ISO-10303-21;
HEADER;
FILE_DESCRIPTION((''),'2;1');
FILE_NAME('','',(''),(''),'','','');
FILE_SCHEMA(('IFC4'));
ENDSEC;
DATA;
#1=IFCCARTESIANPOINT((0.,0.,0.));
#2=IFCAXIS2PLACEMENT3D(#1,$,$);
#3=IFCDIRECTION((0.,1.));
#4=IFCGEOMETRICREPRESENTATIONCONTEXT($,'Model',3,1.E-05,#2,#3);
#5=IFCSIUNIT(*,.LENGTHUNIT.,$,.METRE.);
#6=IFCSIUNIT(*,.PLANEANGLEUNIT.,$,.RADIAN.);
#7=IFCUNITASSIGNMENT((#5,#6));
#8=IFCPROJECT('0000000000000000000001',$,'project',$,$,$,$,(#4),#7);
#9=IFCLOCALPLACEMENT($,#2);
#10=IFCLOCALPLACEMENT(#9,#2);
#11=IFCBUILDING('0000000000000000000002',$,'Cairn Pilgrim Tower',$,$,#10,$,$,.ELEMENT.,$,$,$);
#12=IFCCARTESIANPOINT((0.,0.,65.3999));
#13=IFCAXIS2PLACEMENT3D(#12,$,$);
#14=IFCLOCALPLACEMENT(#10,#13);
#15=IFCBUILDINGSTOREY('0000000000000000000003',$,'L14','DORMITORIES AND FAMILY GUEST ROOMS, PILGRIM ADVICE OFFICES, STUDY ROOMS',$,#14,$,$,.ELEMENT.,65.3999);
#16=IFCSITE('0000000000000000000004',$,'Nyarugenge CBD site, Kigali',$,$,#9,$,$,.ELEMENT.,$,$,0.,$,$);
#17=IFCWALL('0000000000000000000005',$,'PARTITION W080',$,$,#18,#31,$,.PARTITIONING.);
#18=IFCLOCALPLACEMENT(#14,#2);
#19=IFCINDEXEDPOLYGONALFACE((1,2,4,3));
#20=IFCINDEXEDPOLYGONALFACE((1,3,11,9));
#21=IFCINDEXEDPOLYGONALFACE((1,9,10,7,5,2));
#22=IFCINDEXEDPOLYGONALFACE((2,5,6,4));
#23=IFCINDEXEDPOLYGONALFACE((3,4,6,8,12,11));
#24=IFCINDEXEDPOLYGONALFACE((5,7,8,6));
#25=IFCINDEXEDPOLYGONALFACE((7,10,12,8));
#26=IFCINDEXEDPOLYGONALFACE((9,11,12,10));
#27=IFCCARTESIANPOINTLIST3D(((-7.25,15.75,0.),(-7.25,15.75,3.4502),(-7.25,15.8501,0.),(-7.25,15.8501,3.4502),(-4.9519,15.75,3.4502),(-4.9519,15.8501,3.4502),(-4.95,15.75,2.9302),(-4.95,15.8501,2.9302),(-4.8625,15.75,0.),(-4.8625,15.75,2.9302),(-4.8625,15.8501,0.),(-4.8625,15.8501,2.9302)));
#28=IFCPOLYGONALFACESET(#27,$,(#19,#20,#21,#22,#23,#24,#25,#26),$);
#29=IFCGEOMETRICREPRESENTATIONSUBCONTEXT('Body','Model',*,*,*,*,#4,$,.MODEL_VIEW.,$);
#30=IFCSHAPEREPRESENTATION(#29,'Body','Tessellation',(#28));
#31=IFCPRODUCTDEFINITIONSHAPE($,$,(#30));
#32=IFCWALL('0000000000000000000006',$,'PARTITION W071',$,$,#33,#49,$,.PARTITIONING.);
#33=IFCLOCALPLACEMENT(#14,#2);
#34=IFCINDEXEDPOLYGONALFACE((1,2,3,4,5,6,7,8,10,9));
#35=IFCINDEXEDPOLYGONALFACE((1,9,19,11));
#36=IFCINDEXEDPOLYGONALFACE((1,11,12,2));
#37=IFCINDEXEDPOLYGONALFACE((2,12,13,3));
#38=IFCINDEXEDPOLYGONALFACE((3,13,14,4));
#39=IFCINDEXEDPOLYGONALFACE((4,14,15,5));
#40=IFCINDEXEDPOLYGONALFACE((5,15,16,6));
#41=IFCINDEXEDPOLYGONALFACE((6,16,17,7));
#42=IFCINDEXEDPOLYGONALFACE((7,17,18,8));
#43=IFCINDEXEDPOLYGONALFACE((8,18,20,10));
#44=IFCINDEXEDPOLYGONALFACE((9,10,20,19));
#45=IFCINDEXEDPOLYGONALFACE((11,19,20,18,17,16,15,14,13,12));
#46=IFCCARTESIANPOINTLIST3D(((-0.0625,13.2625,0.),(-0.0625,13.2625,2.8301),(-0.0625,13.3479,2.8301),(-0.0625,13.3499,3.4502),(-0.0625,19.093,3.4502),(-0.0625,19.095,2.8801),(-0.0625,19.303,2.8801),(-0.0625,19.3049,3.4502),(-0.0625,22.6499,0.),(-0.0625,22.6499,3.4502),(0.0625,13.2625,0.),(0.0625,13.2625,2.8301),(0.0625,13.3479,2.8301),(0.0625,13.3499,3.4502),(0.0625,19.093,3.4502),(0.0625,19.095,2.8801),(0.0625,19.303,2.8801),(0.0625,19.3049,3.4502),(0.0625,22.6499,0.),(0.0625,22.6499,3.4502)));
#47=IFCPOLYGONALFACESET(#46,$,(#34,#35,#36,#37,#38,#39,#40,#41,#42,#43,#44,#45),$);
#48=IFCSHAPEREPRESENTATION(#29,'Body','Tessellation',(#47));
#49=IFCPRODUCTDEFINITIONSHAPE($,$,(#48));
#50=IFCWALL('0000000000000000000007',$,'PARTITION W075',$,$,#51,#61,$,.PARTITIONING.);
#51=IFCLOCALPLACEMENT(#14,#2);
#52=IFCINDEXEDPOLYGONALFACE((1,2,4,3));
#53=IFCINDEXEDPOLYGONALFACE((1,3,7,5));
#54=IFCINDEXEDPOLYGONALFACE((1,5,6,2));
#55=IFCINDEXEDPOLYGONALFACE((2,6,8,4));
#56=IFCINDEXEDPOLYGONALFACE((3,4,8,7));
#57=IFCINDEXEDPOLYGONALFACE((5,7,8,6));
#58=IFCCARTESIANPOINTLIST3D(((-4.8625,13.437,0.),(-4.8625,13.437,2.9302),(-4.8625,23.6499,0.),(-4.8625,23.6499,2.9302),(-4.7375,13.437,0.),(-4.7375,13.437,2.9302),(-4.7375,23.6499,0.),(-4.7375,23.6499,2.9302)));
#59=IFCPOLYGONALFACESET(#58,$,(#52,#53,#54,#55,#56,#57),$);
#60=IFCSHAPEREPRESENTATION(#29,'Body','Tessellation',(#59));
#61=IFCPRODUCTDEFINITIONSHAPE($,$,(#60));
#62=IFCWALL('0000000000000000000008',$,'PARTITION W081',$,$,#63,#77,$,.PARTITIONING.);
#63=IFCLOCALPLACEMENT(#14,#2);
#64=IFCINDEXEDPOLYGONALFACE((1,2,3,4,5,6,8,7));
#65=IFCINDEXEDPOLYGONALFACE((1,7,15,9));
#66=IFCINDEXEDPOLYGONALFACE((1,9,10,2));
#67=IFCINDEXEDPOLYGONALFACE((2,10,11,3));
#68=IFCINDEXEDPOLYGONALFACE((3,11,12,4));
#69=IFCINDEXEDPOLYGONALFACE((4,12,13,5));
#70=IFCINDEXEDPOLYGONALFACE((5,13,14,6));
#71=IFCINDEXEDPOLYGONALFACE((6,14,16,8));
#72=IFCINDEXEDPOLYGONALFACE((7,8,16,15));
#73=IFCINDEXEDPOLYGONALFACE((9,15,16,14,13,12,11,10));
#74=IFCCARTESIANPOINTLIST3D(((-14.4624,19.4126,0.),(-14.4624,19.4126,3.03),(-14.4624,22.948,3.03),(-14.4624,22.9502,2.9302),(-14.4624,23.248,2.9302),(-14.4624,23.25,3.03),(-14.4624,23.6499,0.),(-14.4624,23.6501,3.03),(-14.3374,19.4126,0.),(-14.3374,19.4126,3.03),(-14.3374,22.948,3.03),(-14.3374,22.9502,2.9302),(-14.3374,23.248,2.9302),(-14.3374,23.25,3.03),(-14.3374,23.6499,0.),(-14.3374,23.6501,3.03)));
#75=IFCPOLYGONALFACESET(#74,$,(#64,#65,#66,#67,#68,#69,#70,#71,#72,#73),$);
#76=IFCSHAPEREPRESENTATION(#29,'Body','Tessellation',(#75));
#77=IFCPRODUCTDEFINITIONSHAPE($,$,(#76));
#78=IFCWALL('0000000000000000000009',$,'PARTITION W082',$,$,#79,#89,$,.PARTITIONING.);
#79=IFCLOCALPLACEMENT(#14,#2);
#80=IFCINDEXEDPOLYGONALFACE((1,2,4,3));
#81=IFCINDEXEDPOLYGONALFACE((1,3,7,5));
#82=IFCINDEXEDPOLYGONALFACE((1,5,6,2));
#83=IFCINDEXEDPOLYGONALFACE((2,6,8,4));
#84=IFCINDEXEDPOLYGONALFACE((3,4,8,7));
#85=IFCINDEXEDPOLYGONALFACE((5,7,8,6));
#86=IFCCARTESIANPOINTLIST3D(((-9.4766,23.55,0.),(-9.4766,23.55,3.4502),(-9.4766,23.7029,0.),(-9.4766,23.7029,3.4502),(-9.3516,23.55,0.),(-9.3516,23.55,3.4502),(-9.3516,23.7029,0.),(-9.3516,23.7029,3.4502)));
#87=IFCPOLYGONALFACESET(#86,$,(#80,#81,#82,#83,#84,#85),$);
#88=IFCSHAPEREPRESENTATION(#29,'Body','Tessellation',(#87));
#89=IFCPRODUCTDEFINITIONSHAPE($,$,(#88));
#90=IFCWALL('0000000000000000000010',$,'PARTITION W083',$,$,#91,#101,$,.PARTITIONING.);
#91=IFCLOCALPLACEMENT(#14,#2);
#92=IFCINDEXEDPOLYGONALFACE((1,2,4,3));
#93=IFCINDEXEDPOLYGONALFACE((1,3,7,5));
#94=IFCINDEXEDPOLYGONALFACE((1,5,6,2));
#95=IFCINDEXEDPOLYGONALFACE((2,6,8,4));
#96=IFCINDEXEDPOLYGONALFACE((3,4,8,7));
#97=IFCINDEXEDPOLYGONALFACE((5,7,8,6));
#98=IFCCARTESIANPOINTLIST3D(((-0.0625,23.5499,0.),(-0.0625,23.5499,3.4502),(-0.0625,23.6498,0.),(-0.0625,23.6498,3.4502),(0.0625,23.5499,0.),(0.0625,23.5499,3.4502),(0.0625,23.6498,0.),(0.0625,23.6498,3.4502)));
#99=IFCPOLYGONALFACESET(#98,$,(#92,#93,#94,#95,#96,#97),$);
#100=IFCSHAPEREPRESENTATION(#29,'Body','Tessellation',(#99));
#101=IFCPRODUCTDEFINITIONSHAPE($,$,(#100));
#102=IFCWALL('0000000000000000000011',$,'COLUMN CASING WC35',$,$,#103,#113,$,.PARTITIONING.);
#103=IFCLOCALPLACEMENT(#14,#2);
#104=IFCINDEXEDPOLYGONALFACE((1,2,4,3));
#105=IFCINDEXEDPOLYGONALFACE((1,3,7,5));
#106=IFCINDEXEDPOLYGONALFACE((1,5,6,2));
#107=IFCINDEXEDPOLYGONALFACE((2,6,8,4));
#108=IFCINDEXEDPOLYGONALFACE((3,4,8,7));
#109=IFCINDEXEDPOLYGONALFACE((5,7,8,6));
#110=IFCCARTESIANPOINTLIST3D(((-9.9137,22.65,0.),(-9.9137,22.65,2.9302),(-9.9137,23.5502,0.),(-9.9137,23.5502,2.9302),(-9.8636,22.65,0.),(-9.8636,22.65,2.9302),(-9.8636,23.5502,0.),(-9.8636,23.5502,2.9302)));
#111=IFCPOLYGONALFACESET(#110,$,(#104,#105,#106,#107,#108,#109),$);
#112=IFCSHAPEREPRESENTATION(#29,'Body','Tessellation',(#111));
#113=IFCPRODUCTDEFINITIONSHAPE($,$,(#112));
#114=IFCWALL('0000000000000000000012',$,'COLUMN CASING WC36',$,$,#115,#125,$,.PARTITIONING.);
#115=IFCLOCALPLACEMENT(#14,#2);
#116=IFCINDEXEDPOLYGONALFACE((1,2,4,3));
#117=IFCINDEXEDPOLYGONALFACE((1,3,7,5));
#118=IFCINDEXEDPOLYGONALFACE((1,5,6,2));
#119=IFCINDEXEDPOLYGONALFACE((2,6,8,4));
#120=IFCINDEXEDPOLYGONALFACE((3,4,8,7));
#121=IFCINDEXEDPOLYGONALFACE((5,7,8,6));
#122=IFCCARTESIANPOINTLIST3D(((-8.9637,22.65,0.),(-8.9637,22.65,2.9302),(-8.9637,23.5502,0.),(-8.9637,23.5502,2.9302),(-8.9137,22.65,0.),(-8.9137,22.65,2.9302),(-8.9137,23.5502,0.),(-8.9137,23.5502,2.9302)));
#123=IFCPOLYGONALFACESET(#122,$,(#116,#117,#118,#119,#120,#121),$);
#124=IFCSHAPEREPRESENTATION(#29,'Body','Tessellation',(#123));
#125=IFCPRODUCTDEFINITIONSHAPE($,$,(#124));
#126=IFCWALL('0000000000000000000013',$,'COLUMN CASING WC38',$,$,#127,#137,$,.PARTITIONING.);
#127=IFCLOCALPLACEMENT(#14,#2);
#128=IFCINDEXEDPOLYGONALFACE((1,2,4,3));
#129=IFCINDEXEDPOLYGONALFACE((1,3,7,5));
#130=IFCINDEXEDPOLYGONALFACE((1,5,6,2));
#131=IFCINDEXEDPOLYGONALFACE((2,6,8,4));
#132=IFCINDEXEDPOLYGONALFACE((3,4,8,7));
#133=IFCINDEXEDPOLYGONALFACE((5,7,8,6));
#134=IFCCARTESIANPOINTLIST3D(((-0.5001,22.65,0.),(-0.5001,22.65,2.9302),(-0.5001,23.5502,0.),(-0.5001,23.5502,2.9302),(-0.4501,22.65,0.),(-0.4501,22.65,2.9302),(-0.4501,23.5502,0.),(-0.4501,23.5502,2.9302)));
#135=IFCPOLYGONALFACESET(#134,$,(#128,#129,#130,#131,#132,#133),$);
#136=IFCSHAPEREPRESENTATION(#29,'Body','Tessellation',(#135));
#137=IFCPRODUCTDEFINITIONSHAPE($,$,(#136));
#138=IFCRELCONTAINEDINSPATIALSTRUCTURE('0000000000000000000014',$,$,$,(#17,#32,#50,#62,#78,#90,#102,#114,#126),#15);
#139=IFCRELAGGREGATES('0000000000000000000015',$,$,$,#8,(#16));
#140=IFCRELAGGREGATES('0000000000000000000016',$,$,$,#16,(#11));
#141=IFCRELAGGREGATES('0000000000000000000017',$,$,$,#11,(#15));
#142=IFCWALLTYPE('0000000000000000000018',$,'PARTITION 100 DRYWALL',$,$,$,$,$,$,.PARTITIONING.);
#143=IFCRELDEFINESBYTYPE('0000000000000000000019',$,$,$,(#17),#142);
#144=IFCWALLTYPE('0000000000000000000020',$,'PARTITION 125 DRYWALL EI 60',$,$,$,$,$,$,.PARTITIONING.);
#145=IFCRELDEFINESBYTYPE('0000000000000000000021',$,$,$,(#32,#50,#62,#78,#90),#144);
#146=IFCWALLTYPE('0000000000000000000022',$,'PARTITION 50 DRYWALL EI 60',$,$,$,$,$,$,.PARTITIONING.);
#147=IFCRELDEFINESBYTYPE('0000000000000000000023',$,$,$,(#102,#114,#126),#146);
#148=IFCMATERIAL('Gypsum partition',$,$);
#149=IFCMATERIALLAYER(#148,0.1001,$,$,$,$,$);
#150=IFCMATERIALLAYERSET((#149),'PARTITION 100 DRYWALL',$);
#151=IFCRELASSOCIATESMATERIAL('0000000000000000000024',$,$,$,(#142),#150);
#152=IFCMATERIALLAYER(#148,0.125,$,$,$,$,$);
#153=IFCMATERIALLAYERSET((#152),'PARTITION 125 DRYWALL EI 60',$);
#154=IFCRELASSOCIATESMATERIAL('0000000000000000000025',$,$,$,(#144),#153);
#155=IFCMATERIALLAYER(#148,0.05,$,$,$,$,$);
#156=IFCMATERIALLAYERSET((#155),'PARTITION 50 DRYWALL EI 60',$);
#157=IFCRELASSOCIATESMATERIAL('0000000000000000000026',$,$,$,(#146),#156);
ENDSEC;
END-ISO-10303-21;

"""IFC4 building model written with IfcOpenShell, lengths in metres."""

from ifc_helpers import new_model, si_unit, direction, frame, frame_2d, origin, place, context, subcontext, project, spatial, polyline, rectangle, outline, extrude, material, layer, layer_set, type_object, element, save


model = new_model("IFC4")

# Units and contexts
model_context = context("Model", 3, precision=1e-05, world=origin(), true_north=direction((0.0, 1.0)))
body_context = subcontext(model_context, "Body", "Model", "MODEL_VIEW")
ifc_project = project(units=[si_unit("LENGTHUNIT", "METRE"), si_unit("PLANEANGLEUNIT", "RADIAN")], contexts=[model_context])

# Site, building, storey
site_placement = place(None, origin())
site = spatial("IfcSite", under=ifc_project, at=site_placement, Name="Nyarugenge CBD site, Kigali", CompositionType="ELEMENT", RefElevation=0.0)
building_placement = place(site_placement, origin())
building = spatial("IfcBuilding", under=site, at=building_placement, Name="Cairn Pilgrim Tower", CompositionType="ELEMENT")
storey_placement = place(building_placement, frame((0.0, 0.0, 65.3999)))
storey = spatial("IfcBuildingStorey", under=building, at=storey_placement, Name="L14", Description="DORMITORIES AND FAMILY GUEST ROOMS, PILGRIM ADVICE OFFICES, STUDY ROOMS", CompositionType="ELEMENT", Elevation=65.3999)

# Shared definitions
ifc_material_1 = material(Name="Gypsum partition")
ifc_layer_1 = layer(ifc_material_1, 0.1001)
ifc_layer_set_1 = layer_set([ifc_layer_1], Name="PARTITION 100 DRYWALL")
wall_type_1 = type_object("IfcWallType", Name="PARTITION 100 DRYWALL", PredefinedType="PARTITIONING", material=ifc_layer_set_1)

# Walls
wall_1_placement = place(storey_placement, frame((-7.25, 15.8, 0.0), z_axis=(0.0, 0.0, 1.0), x_axis=(1.0, 0.0, 0.0)))
element("IfcWall", 1, at=wall_1_placement, inside=storey, type_object=wall_type_1, Name="PARTITION W080", PredefinedType="PARTITIONING", context=body_context, shape_type="SweptSolid", body=[
    extrude(outline(polyline([(0.0, 0.0), (2.3875, 0.0), (2.3875, 2.9302), (2.3, 2.9302), (2.2981, 3.4502), (0.0, 3.4502), (0.0, 0.0)])), frame((0.0, 0.05, 0.0), z_axis=(0.0, -1.0, 0.0), x_axis=(1.0, 0.0, 0.0)), (0.0, 0.0, 1.0), 0.1001),
])
ifc_layer_2 = layer(ifc_material_1, 0.125)
ifc_layer_set_2 = layer_set([ifc_layer_2], Name="PARTITION 125 DRYWALL EI 60")
wall_type_2 = type_object("IfcWallType", Name="PARTITION 125 DRYWALL EI 60", PredefinedType="PARTITIONING", material=ifc_layer_set_2)
wall_2_placement = place(storey_placement, frame((0.0, 13.2625, 0.0), z_axis=(0.0, 0.0, 1.0), x_axis=(0.0, 1.0, 0.0)))
element("IfcWall", 2, at=wall_2_placement, inside=storey, type_object=wall_type_2, Name="PARTITION W071", PredefinedType="PARTITIONING", context=body_context, shape_type="SweptSolid", body=[
    extrude(outline(polyline([(0.0, 0.0), (9.3875, 0.0), (9.3875, 3.4502), (6.0425, 3.4502), (6.0405, 2.8801), (5.8325, 2.8801), (5.8306, 3.4502), (0.0874, 3.4502), (0.0854, 2.8301), (0.0, 2.8301), (0.0, 0.0)])), frame((0.0, 0.0625, 0.0), z_axis=(0.0, -1.0, 0.0), x_axis=(1.0, 0.0, 0.0)), (0.0, 0.0, 1.0), 0.125),
])
wall_3_placement = place(storey_placement, frame((-4.8, 13.437, 0.0), z_axis=(0.0, 0.0, 1.0), x_axis=(0.0, 1.0, 0.0)))
element("IfcWall", 3, at=wall_3_placement, inside=storey, type_object=wall_type_2, Name="PARTITION W075", PredefinedType="PARTITIONING", context=body_context, shape_type="SweptSolid", body=[
    extrude(rectangle(XDim=10.2129, YDim=0.125, at=frame_2d((5.1064, 0.0))), origin(), (0.0, 0.0, 1.0), 2.9302),
])
wall_4_placement = place(storey_placement, frame((-14.3999, 19.4126, 0.0), z_axis=(0.0, 0.0, 1.0), x_axis=(0.0, 1.0, 0.0)))
element("IfcWall", 4, at=wall_4_placement, inside=storey, type_object=wall_type_2, Name="PARTITION W081", PredefinedType="PARTITIONING", context=body_context, shape_type="SweptSolid", body=[
    extrude(outline(polyline([(0.0, 0.0), (4.2373, 0.0), (4.2375, 3.03), (3.8374, 3.03), (3.8354, 2.9302), (3.5376, 2.9302), (3.5354, 3.03), (0.0, 3.03), (0.0, 0.0)])), frame((0.0, 0.0625, 0.0), z_axis=(0.0, -1.0, 0.0), x_axis=(1.0, 0.0, 0.0)), (0.0, 0.0, 1.0), 0.125),
])
wall_5_placement = place(storey_placement, frame((-9.4141, 23.55, 0.0), z_axis=(0.0, 0.0, 1.0), x_axis=(0.0, 1.0, 0.0)))
element("IfcWall", 5, at=wall_5_placement, inside=storey, type_object=wall_type_2, Name="PARTITION W082", PredefinedType="PARTITIONING", context=body_context, shape_type="SweptSolid", body=[
    extrude(rectangle(XDim=0.1528, YDim=0.125, at=frame_2d((0.0764, 0.0))), origin(), (0.0, 0.0, 1.0), 3.4502),
])
wall_6_placement = place(storey_placement, frame((0.0, 23.55, 0.0), z_axis=(0.0, 0.0, 1.0), x_axis=(0.0, 1.0, 0.0)))
element("IfcWall", 6, at=wall_6_placement, inside=storey, type_object=wall_type_2, Name="PARTITION W083", PredefinedType="PARTITIONING", context=body_context, shape_type="SweptSolid", body=[
    extrude(rectangle(XDim=0.0999, YDim=0.125, at=frame_2d((0.0498, 0.0))), origin(), (0.0, 0.0, 1.0), 3.4502),
])
ifc_layer_3 = layer(ifc_material_1, 0.05)
ifc_layer_set_3 = layer_set([ifc_layer_3], Name="PARTITION 50 DRYWALL EI 60")
wall_type_3 = type_object("IfcWallType", Name="PARTITION 50 DRYWALL EI 60", PredefinedType="PARTITIONING", material=ifc_layer_set_3)
for number, where, z_axis, x_axis, name in (
    (7, (-9.8887, 22.6499, 0.0), (0.0, 0.0, 1.0), (0.0, 1.0, 0.0), "COLUMN CASING WC35"),
    (8, (-8.9387, 22.6499, 0.0), (0.0, 0.0, 1.0), (0.0, 1.0, 0.0), "COLUMN CASING WC36"),
    (9, (-0.4751, 22.6499, 0.0), (0.0, 0.0, 1.0), (0.0, 1.0, 0.0), "COLUMN CASING WC38"),
):
    element("IfcWall", number, at=place(storey_placement, frame(where, z_axis=z_axis, x_axis=x_axis)), inside=storey, type_object=wall_type_3, Name=name, PredefinedType="PARTITIONING", context=body_context, shape_type="SweptSolid", body=[
        extrude(rectangle(XDim=0.9001, YDim=0.05, at=frame_2d((0.4502, 0.0))), origin(), (0.0, 0.0, 1.0), 2.9302),
    ])

save(model, "model.ifc")
